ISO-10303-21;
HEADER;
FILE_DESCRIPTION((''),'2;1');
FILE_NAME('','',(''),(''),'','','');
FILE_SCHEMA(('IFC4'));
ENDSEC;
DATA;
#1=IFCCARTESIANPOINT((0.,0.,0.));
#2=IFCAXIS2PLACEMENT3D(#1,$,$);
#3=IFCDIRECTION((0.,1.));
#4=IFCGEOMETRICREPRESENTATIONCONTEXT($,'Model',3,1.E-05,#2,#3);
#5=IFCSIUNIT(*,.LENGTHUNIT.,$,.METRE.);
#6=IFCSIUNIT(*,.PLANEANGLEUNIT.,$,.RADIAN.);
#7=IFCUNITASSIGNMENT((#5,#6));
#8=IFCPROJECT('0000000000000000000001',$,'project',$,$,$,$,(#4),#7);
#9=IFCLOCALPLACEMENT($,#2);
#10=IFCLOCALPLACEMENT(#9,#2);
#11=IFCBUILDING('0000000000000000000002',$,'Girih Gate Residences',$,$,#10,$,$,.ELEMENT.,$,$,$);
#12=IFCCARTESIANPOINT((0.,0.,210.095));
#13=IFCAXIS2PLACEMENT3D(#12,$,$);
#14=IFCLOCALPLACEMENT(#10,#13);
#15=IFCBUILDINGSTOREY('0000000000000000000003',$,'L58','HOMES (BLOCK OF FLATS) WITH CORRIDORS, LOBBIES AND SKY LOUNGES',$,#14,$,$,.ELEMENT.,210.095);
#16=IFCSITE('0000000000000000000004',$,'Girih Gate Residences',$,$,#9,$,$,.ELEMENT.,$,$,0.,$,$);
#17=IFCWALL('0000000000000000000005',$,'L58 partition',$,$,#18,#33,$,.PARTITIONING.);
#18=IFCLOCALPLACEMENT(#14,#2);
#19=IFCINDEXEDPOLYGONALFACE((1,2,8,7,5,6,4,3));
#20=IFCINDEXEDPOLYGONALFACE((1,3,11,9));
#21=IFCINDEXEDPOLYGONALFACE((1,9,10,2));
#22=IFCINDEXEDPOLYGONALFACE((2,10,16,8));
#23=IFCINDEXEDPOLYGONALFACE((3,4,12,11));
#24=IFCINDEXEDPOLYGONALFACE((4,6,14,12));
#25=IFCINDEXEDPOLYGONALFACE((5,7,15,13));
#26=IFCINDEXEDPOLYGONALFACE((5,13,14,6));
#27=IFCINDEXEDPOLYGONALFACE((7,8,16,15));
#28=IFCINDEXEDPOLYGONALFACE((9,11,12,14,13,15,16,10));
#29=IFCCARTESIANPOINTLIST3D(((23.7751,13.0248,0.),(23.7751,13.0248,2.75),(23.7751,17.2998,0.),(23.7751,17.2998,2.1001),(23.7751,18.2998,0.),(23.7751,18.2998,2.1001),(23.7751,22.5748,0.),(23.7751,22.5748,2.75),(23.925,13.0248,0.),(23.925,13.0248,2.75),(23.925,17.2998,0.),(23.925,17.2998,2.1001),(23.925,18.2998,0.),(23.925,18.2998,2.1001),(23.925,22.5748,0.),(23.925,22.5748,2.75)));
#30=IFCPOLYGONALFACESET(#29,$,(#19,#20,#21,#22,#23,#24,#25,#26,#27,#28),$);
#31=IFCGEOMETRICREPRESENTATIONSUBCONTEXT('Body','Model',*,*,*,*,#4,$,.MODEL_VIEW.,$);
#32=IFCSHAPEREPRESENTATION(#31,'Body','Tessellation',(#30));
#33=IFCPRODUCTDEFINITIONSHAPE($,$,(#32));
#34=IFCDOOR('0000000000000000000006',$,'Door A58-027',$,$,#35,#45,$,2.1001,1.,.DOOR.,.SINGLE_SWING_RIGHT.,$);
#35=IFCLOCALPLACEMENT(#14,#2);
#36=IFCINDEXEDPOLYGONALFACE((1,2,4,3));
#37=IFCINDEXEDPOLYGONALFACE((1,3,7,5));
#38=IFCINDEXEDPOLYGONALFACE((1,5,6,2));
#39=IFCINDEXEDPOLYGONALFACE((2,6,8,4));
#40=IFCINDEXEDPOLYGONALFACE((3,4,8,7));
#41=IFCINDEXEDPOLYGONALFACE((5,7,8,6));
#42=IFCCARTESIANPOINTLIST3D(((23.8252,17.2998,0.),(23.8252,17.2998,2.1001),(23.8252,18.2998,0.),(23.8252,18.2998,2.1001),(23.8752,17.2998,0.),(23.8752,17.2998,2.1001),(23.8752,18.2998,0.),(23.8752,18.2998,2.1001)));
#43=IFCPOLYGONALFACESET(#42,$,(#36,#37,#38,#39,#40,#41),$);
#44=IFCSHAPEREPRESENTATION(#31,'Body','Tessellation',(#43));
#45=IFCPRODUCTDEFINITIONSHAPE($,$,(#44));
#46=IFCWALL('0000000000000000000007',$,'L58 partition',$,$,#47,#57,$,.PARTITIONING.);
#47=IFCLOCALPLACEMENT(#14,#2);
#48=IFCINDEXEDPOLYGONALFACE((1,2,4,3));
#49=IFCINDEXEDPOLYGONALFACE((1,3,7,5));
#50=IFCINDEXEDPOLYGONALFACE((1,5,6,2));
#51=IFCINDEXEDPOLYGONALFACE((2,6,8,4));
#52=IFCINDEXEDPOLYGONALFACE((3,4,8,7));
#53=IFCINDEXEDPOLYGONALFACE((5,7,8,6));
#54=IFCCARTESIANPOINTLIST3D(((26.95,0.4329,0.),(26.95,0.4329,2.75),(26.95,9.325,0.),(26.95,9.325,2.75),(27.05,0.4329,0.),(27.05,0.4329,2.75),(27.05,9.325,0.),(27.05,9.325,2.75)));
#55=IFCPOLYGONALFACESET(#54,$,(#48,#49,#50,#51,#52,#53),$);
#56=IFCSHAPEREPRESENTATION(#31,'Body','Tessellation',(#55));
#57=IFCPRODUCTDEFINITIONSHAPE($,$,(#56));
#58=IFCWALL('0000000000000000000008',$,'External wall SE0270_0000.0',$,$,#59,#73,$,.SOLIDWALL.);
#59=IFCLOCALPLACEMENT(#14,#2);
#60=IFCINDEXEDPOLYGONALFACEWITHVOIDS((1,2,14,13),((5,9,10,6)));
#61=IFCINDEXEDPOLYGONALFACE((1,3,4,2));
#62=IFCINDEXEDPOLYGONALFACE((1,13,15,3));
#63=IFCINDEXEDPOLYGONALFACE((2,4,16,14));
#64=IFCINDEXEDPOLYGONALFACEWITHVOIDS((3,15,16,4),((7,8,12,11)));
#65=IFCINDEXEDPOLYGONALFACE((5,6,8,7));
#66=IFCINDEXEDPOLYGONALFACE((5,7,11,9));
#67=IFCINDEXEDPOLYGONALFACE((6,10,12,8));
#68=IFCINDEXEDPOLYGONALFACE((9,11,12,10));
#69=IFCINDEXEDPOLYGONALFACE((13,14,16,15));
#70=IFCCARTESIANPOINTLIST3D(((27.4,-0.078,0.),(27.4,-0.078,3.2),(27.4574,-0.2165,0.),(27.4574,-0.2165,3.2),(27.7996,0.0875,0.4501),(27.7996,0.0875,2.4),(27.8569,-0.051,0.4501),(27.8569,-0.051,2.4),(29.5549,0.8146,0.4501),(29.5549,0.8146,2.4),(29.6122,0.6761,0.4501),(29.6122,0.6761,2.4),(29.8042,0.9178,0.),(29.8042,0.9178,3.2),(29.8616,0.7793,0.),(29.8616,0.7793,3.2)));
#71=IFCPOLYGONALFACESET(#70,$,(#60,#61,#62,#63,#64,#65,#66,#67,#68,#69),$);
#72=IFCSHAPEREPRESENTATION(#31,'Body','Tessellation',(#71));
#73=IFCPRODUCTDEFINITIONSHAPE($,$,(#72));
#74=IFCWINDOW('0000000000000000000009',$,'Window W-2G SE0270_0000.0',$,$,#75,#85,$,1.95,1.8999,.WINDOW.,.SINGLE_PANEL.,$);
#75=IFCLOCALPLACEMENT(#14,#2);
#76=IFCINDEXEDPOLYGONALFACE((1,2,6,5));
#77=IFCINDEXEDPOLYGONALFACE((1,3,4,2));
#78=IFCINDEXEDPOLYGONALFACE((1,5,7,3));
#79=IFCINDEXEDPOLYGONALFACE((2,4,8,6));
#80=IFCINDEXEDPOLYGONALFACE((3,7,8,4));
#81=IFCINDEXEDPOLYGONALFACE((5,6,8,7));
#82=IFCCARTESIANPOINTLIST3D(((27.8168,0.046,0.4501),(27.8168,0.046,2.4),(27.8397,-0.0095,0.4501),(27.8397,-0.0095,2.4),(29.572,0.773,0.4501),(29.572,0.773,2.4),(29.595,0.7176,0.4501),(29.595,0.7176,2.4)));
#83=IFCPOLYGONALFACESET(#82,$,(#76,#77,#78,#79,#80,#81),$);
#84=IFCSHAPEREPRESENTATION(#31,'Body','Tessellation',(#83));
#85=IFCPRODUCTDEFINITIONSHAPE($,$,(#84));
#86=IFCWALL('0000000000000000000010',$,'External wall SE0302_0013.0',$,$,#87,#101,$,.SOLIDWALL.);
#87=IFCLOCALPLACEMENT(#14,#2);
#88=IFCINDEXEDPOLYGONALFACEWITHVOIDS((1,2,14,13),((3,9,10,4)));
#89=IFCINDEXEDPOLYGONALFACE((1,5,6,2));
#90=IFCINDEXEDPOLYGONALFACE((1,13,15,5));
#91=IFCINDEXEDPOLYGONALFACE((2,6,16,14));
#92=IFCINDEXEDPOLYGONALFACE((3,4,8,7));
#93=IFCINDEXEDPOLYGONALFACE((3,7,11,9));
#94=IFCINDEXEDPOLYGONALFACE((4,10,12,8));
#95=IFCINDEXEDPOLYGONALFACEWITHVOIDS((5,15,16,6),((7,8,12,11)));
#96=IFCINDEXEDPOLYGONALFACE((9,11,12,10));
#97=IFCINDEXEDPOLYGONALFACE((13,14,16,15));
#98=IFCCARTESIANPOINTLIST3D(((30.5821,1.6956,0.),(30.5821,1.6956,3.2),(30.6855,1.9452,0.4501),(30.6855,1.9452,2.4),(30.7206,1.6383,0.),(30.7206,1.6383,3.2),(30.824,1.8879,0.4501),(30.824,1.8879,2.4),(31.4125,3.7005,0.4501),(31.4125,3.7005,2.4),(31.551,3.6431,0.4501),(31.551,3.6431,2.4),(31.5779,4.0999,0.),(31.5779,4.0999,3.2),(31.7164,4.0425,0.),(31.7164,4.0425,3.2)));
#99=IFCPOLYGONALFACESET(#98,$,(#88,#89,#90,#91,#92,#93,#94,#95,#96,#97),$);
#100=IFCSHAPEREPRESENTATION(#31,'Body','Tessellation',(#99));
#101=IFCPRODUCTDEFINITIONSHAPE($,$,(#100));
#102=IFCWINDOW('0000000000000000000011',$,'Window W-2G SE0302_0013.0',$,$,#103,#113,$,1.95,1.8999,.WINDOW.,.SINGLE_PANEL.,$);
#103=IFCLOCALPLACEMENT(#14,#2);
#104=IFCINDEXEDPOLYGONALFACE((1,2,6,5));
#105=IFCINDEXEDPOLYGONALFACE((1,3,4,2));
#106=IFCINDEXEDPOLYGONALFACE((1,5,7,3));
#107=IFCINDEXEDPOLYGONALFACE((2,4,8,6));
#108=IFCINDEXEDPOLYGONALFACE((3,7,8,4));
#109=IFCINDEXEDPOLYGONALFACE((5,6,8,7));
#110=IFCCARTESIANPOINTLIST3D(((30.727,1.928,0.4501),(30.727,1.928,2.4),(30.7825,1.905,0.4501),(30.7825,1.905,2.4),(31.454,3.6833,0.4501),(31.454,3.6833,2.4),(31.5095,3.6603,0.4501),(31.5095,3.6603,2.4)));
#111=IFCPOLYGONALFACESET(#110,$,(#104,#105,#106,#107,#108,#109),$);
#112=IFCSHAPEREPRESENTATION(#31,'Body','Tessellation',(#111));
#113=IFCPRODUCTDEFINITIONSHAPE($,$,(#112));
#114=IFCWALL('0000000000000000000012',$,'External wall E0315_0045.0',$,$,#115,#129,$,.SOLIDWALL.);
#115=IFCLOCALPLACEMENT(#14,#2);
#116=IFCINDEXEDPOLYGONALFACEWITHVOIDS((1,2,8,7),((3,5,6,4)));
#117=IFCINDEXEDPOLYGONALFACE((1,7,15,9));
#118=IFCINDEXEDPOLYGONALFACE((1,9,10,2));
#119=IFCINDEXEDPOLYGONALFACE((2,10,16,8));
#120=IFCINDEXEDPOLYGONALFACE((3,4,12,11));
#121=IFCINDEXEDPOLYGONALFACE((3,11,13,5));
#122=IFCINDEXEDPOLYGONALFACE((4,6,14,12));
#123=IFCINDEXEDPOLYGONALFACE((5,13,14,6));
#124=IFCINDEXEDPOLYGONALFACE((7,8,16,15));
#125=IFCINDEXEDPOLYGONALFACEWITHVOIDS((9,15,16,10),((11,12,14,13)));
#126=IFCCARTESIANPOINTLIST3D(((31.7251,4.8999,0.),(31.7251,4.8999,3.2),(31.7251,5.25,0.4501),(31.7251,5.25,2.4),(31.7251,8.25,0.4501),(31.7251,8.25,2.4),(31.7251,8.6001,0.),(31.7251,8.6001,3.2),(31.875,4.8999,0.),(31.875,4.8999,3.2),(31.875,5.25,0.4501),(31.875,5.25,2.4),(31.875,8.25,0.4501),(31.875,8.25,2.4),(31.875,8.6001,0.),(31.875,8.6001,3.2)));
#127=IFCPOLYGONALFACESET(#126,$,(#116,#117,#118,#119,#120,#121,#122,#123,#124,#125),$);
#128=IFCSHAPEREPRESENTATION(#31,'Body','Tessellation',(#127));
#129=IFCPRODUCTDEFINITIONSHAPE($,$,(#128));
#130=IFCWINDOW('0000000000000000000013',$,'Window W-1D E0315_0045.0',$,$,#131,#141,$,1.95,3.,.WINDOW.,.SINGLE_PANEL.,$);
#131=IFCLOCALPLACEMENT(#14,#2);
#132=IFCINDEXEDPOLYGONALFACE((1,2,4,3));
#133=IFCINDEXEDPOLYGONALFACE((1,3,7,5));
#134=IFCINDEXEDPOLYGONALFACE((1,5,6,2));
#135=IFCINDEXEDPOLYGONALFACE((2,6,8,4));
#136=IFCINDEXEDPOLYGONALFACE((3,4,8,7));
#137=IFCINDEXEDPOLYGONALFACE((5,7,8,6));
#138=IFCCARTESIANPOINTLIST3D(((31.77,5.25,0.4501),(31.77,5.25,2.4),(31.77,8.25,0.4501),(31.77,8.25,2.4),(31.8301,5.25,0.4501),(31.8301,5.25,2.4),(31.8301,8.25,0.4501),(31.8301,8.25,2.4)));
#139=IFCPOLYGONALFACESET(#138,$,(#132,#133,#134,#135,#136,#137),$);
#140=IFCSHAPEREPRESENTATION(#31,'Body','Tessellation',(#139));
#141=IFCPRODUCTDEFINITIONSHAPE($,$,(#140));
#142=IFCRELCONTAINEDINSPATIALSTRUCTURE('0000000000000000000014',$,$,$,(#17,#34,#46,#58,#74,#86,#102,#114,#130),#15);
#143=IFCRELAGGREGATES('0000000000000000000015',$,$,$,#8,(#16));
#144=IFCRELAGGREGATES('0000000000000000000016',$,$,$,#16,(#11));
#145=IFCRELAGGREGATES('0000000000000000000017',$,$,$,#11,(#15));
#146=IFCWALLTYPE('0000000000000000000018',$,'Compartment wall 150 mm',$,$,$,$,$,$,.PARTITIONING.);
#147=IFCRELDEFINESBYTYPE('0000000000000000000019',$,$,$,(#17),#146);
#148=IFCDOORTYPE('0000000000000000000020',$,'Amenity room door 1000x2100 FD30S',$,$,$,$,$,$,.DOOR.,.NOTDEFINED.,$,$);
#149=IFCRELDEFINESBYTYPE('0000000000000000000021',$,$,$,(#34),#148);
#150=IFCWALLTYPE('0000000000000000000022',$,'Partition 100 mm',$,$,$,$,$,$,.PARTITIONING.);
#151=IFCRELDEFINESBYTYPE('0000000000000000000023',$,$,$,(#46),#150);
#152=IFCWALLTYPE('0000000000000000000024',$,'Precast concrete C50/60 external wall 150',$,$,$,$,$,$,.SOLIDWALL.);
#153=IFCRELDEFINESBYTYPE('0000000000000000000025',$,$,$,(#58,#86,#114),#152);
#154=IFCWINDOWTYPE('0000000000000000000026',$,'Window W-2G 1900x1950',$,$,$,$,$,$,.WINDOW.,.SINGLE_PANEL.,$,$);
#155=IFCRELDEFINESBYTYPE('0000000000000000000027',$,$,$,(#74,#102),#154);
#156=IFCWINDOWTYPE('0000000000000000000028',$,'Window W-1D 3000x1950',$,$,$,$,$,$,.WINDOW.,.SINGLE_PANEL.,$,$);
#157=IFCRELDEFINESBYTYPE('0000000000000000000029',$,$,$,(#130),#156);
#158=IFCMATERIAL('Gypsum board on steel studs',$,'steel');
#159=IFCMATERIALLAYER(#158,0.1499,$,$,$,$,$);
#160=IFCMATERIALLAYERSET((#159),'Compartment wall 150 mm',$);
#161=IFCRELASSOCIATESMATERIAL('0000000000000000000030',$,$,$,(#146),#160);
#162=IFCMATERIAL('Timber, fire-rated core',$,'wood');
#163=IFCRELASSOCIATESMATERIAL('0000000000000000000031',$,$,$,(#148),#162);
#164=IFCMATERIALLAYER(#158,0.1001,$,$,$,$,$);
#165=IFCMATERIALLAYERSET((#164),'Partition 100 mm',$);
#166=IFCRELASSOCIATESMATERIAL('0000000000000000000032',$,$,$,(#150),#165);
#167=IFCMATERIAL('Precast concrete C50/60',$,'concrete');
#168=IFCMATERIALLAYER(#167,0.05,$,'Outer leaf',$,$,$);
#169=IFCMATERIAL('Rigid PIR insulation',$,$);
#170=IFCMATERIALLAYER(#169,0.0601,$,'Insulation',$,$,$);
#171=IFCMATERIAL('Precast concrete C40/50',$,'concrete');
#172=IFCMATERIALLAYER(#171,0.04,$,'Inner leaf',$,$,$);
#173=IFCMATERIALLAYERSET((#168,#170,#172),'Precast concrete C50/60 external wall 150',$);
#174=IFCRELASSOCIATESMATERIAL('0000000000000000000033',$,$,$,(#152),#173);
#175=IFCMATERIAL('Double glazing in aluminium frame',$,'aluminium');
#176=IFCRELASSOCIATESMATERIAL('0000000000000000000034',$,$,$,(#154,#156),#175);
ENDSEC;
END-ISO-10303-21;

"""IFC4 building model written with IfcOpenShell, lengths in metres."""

from ifc_helpers import new_model, si_unit, direction, frame, frame_2d, origin, place, context, subcontext, project, spatial, rectangle, extrude, material, layer, layer_set, type_object, element, fill, save


model = new_model("IFC4")

# Units and contexts
model_context = context("Model", 3, precision=1e-05, world=origin(), true_north=direction((0.0, 1.0)))
body_context = subcontext(model_context, "Body", "Model", "MODEL_VIEW")
ifc_project = project(units=[si_unit("LENGTHUNIT", "METRE"), si_unit("PLANEANGLEUNIT", "RADIAN")], contexts=[model_context])

# Site, building, storey
site_placement = place(None, origin())
site = spatial("IfcSite", under=ifc_project, at=site_placement, Name="Girih Gate Residences", CompositionType="ELEMENT", RefElevation=0.0)
building_placement = place(site_placement, origin())
building = spatial("IfcBuilding", under=site, at=building_placement, Name="Girih Gate Residences", CompositionType="ELEMENT")
storey_placement = place(building_placement, frame((0.0, 0.0, 210.095)))
storey = spatial("IfcBuildingStorey", under=building, at=storey_placement, Name="L58", Description="HOMES (BLOCK OF FLATS) WITH CORRIDORS, LOBBIES AND SKY LOUNGES", CompositionType="ELEMENT", Elevation=210.095)

# Wall, opening, door
ifc_material_1 = material(Name="Gypsum board on steel studs", Category="steel")
ifc_layer_1 = layer(ifc_material_1, 0.1499)
ifc_layer_set_1 = layer_set([ifc_layer_1], Name="Compartment wall 150 mm")
wall_type_1 = type_object("IfcWallType", Name="Compartment wall 150 mm", PredefinedType="PARTITIONING", material=ifc_layer_set_1)
ifc_material_2 = material(Name="Timber, fire-rated core", Category="wood")
door_type = type_object("IfcDoorType", Name="Amenity room door 1000x2100 FD30S", OperationType="NOTDEFINED", PredefinedType="DOOR", material=ifc_material_2)
wall_1_placement = place(storey_placement, frame((23.8501, 13.0249, 0.0), z_axis=(0.0, 0.0, 1.0), x_axis=(0.0, 1.0, 0.0)))
wall_1 = element("IfcWall", 1, at=wall_1_placement, inside=storey, type_object=wall_type_1, Name="L58 partition", PredefinedType="PARTITIONING", context=body_context, shape_type="SweptSolid", body=[
    extrude(rectangle(XDim=9.55, YDim=0.1499, at=frame_2d((4.7749, 0.0))), origin(), (0.0, 0.0, 1.0), 2.75),
])
opening_1_placement = place(wall_1_placement, frame((4.2749, 0.0, 0.0)))
opening_1 = element("IfcOpeningElement", 2, at=opening_1_placement, cuts=wall_1, PredefinedType="OPENING", context=body_context, shape_type="SweptSolid", body=[
    extrude(rectangle(XDim=1.0, YDim=2.1001, at=frame_2d((0.5, 1.05))), frame((0.0, 0.085, 0.0), z_axis=(0.0, -1.0, 0.0), x_axis=(1.0, 0.0, 0.0)), (0.0, 0.0, 1.0), 0.1699),
])
door_1_placement = place(opening_1_placement, origin())
door_1 = element("IfcDoor", 3, at=door_1_placement, inside=storey, type_object=door_type, Name="Door A58-027", OperationType="SINGLE_SWING_RIGHT", OverallHeight=2.1001, OverallWidth=1.0, PredefinedType="DOOR", context=body_context, shape_type="SweptSolid", body=[
    extrude(rectangle(XDim=1.0, YDim=2.1001, at=frame_2d((0.5, 1.05))), frame((0.0, 0.0249, 0.0), z_axis=(0.0, -1.0, 0.0), x_axis=(1.0, 0.0, 0.0)), (0.0, 0.0, 1.0), 0.05),
])
fill(opening_1, door_1)

# Wall
ifc_layer_2 = layer(ifc_material_1, 0.1001)
ifc_layer_set_2 = layer_set([ifc_layer_2], Name="Partition 100 mm")
wall_type_2 = type_object("IfcWallType", Name="Partition 100 mm", PredefinedType="PARTITIONING", material=ifc_layer_set_2)
wall_2_placement = place(storey_placement, frame((27.0, 0.4329, 0.0), z_axis=(0.0, 0.0, 1.0), x_axis=(0.0, 1.0, 0.0)))
element("IfcWall", 4, at=wall_2_placement, inside=storey, type_object=wall_type_2, Name="L58 partition", PredefinedType="PARTITIONING", context=body_context, shape_type="SweptSolid", body=[
    extrude(rectangle(XDim=8.8921, YDim=0.1001, at=frame_2d((4.446, 0.0))), origin(), (0.0, 0.0, 1.0), 2.75),
])

# Walls, openings, windows
ifc_material_3 = material(Name="Precast concrete C50/60", Category="concrete")
ifc_layer_3 = layer(ifc_material_3, 0.05, Name="Outer leaf")
ifc_material_4 = material(Name="Rigid PIR insulation")
ifc_layer_4 = layer(ifc_material_4, 0.0601, Name="Insulation")
ifc_material_5 = material(Name="Precast concrete C40/50", Category="concrete")
ifc_layer_5 = layer(ifc_material_5, 0.04, Name="Inner leaf")
ifc_layer_set_3 = layer_set([ifc_layer_3, ifc_layer_4, ifc_layer_5], Name="Precast concrete C50/60 external wall 150")
wall_type_3 = type_object("IfcWallType", Name="Precast concrete C50/60 external wall 150", PredefinedType="SOLIDWALL", material=ifc_layer_set_3)
wall_3_placement = place(storey_placement, frame((29.833, 0.8486, 0.0), z_axis=(0.0, 0.0, 1.0), x_axis=(-0.923885, -0.382669, 0.0)))
wall_3 = element("IfcWall", 5, at=wall_3_placement, inside=storey, type_object=wall_type_3, Name="External wall SE0270_0000.0", PredefinedType="SOLIDWALL", context=body_context, shape_type="SweptSolid", body=[
    extrude(rectangle(XDim=2.6023, YDim=0.1499, at=frame_2d((1.3013, 0.0))), origin(), (0.0, 0.0, 1.0), 3.2),
])
opening_2_placement = place(wall_3_placement, frame((0.27, 0.0, 0.45)))
opening_2 = element("IfcOpeningElement", 6, at=opening_2_placement, cuts=wall_3, PredefinedType="OPENING", context=body_context, shape_type="SweptSolid", body=[
    extrude(rectangle(XDim=1.8999, YDim=1.95, at=frame_2d((0.95, 0.9751))), frame((0.0, 0.085, 0.0), z_axis=(0.0, -1.0, 0.0), x_axis=(1.0, 0.0, 0.0)), (0.0, 0.0, 1.0), 0.1699),
])
ifc_material_6 = material(Name="Double glazing in aluminium frame", Category="aluminium")
window_type_1 = type_object("IfcWindowType", Name="Window W-2G 1900x1950", PartitioningType="SINGLE_PANEL", PredefinedType="WINDOW", material=ifc_material_6)
window_1_placement = place(opening_2_placement, origin())
window_1 = element("IfcWindow", 7, at=window_1_placement, inside=storey, type_object=window_type_1, Name="Window W-2G SE0270_0000.0", OverallHeight=1.95, OverallWidth=1.8999, PartitioningType="SINGLE_PANEL", PredefinedType="WINDOW", context=body_context, shape_type="SweptSolid", body=[
    extrude(rectangle(XDim=1.8999, YDim=1.95, at=frame_2d((0.95, 0.9751))), frame((0.0, 0.03, 0.0), z_axis=(0.0, -1.0, 0.0), x_axis=(1.0, 0.0, 0.0)), (0.0, 0.0, 1.0), 0.0601),
])
fill(opening_2, window_1)
wall_4_placement = place(storey_placement, frame((31.6472, 4.0713, 0.0), z_axis=(0.0, 0.0, 1.0), x_axis=(-0.382669, -0.923885, 0.0)))
wall_4 = element("IfcWall", 8, at=wall_4_placement, inside=storey, type_object=wall_type_3, Name="External wall SE0302_0013.0", PredefinedType="SOLIDWALL", context=body_context, shape_type="SweptSolid", body=[
    extrude(rectangle(XDim=2.6023, YDim=0.1499, at=frame_2d((1.3013, 0.0))), origin(), (0.0, 0.0, 1.0), 3.2),
])
opening_3_placement = place(wall_4_placement, frame((0.4324, 0.0, 0.45)))
opening_3 = element("IfcOpeningElement", 9, at=opening_3_placement, cuts=wall_4, PredefinedType="OPENING", context=body_context, shape_type="SweptSolid", body=[
    extrude(rectangle(XDim=1.8999, YDim=1.95, at=frame_2d((0.95, 0.9751))), frame((0.0, 0.085, 0.0), z_axis=(0.0, -1.0, 0.0), x_axis=(1.0, 0.0, 0.0)), (0.0, 0.0, 1.0), 0.1699),
])
window_2_placement = place(opening_3_placement, origin())
window_2 = element("IfcWindow", 10, at=window_2_placement, inside=storey, type_object=window_type_1, Name="Window W-2G SE0302_0013.0", OverallHeight=1.95, OverallWidth=1.8999, PartitioningType="SINGLE_PANEL", PredefinedType="WINDOW", context=body_context, shape_type="SweptSolid", body=[
    extrude(rectangle(XDim=1.8999, YDim=1.95, at=frame_2d((0.95, 0.9751))), frame((0.0, 0.03, 0.0), z_axis=(0.0, -1.0, 0.0), x_axis=(1.0, 0.0, 0.0)), (0.0, 0.0, 1.0), 0.0601),
])
fill(opening_3, window_2)
wall_5_placement = place(storey_placement, frame((31.8, 8.6001, 0.0), z_axis=(0.0, 0.0, 1.0), x_axis=(0.0, -1.0, 0.0)))
wall_5 = element("IfcWall", 11, at=wall_5_placement, inside=storey, type_object=wall_type_3, Name="External wall E0315_0045.0", PredefinedType="SOLIDWALL", context=body_context, shape_type="SweptSolid", body=[
    extrude(rectangle(XDim=3.7002, YDim=0.1499, at=frame_2d((1.8501, 0.0))), origin(), (0.0, 0.0, 1.0), 3.2),
])
opening_4_placement = place(wall_5_placement, frame((0.3501, 0.0, 0.45)))
opening_4 = element("IfcOpeningElement", 12, at=opening_4_placement, cuts=wall_5, PredefinedType="OPENING", context=body_context, shape_type="SweptSolid", body=[
    extrude(rectangle(XDim=3.0, YDim=1.95, at=frame_2d((1.5, 0.9751))), frame((0.0, 0.085, 0.0), z_axis=(0.0, -1.0, 0.0), x_axis=(1.0, 0.0, 0.0)), (0.0, 0.0, 1.0), 0.1699),
])
window_type_2 = type_object("IfcWindowType", Name="Window W-1D 3000x1950", PartitioningType="SINGLE_PANEL", PredefinedType="WINDOW", material=ifc_material_6)
window_3_placement = place(opening_4_placement, origin())
window_3 = element("IfcWindow", 13, at=window_3_placement, inside=storey, type_object=window_type_2, Name="Window W-1D E0315_0045.0", OverallHeight=1.95, OverallWidth=3.0, PartitioningType="SINGLE_PANEL", PredefinedType="WINDOW", context=body_context, shape_type="SweptSolid", body=[
    extrude(rectangle(XDim=3.0, YDim=1.95, at=frame_2d((1.5, 0.9751))), frame((0.0, 0.03, 0.0), z_axis=(0.0, -1.0, 0.0), x_axis=(1.0, 0.0, 0.0)), (0.0, 0.0, 1.0), 0.0601),
])
fill(opening_4, window_3)

save(model, "model.ifc")
